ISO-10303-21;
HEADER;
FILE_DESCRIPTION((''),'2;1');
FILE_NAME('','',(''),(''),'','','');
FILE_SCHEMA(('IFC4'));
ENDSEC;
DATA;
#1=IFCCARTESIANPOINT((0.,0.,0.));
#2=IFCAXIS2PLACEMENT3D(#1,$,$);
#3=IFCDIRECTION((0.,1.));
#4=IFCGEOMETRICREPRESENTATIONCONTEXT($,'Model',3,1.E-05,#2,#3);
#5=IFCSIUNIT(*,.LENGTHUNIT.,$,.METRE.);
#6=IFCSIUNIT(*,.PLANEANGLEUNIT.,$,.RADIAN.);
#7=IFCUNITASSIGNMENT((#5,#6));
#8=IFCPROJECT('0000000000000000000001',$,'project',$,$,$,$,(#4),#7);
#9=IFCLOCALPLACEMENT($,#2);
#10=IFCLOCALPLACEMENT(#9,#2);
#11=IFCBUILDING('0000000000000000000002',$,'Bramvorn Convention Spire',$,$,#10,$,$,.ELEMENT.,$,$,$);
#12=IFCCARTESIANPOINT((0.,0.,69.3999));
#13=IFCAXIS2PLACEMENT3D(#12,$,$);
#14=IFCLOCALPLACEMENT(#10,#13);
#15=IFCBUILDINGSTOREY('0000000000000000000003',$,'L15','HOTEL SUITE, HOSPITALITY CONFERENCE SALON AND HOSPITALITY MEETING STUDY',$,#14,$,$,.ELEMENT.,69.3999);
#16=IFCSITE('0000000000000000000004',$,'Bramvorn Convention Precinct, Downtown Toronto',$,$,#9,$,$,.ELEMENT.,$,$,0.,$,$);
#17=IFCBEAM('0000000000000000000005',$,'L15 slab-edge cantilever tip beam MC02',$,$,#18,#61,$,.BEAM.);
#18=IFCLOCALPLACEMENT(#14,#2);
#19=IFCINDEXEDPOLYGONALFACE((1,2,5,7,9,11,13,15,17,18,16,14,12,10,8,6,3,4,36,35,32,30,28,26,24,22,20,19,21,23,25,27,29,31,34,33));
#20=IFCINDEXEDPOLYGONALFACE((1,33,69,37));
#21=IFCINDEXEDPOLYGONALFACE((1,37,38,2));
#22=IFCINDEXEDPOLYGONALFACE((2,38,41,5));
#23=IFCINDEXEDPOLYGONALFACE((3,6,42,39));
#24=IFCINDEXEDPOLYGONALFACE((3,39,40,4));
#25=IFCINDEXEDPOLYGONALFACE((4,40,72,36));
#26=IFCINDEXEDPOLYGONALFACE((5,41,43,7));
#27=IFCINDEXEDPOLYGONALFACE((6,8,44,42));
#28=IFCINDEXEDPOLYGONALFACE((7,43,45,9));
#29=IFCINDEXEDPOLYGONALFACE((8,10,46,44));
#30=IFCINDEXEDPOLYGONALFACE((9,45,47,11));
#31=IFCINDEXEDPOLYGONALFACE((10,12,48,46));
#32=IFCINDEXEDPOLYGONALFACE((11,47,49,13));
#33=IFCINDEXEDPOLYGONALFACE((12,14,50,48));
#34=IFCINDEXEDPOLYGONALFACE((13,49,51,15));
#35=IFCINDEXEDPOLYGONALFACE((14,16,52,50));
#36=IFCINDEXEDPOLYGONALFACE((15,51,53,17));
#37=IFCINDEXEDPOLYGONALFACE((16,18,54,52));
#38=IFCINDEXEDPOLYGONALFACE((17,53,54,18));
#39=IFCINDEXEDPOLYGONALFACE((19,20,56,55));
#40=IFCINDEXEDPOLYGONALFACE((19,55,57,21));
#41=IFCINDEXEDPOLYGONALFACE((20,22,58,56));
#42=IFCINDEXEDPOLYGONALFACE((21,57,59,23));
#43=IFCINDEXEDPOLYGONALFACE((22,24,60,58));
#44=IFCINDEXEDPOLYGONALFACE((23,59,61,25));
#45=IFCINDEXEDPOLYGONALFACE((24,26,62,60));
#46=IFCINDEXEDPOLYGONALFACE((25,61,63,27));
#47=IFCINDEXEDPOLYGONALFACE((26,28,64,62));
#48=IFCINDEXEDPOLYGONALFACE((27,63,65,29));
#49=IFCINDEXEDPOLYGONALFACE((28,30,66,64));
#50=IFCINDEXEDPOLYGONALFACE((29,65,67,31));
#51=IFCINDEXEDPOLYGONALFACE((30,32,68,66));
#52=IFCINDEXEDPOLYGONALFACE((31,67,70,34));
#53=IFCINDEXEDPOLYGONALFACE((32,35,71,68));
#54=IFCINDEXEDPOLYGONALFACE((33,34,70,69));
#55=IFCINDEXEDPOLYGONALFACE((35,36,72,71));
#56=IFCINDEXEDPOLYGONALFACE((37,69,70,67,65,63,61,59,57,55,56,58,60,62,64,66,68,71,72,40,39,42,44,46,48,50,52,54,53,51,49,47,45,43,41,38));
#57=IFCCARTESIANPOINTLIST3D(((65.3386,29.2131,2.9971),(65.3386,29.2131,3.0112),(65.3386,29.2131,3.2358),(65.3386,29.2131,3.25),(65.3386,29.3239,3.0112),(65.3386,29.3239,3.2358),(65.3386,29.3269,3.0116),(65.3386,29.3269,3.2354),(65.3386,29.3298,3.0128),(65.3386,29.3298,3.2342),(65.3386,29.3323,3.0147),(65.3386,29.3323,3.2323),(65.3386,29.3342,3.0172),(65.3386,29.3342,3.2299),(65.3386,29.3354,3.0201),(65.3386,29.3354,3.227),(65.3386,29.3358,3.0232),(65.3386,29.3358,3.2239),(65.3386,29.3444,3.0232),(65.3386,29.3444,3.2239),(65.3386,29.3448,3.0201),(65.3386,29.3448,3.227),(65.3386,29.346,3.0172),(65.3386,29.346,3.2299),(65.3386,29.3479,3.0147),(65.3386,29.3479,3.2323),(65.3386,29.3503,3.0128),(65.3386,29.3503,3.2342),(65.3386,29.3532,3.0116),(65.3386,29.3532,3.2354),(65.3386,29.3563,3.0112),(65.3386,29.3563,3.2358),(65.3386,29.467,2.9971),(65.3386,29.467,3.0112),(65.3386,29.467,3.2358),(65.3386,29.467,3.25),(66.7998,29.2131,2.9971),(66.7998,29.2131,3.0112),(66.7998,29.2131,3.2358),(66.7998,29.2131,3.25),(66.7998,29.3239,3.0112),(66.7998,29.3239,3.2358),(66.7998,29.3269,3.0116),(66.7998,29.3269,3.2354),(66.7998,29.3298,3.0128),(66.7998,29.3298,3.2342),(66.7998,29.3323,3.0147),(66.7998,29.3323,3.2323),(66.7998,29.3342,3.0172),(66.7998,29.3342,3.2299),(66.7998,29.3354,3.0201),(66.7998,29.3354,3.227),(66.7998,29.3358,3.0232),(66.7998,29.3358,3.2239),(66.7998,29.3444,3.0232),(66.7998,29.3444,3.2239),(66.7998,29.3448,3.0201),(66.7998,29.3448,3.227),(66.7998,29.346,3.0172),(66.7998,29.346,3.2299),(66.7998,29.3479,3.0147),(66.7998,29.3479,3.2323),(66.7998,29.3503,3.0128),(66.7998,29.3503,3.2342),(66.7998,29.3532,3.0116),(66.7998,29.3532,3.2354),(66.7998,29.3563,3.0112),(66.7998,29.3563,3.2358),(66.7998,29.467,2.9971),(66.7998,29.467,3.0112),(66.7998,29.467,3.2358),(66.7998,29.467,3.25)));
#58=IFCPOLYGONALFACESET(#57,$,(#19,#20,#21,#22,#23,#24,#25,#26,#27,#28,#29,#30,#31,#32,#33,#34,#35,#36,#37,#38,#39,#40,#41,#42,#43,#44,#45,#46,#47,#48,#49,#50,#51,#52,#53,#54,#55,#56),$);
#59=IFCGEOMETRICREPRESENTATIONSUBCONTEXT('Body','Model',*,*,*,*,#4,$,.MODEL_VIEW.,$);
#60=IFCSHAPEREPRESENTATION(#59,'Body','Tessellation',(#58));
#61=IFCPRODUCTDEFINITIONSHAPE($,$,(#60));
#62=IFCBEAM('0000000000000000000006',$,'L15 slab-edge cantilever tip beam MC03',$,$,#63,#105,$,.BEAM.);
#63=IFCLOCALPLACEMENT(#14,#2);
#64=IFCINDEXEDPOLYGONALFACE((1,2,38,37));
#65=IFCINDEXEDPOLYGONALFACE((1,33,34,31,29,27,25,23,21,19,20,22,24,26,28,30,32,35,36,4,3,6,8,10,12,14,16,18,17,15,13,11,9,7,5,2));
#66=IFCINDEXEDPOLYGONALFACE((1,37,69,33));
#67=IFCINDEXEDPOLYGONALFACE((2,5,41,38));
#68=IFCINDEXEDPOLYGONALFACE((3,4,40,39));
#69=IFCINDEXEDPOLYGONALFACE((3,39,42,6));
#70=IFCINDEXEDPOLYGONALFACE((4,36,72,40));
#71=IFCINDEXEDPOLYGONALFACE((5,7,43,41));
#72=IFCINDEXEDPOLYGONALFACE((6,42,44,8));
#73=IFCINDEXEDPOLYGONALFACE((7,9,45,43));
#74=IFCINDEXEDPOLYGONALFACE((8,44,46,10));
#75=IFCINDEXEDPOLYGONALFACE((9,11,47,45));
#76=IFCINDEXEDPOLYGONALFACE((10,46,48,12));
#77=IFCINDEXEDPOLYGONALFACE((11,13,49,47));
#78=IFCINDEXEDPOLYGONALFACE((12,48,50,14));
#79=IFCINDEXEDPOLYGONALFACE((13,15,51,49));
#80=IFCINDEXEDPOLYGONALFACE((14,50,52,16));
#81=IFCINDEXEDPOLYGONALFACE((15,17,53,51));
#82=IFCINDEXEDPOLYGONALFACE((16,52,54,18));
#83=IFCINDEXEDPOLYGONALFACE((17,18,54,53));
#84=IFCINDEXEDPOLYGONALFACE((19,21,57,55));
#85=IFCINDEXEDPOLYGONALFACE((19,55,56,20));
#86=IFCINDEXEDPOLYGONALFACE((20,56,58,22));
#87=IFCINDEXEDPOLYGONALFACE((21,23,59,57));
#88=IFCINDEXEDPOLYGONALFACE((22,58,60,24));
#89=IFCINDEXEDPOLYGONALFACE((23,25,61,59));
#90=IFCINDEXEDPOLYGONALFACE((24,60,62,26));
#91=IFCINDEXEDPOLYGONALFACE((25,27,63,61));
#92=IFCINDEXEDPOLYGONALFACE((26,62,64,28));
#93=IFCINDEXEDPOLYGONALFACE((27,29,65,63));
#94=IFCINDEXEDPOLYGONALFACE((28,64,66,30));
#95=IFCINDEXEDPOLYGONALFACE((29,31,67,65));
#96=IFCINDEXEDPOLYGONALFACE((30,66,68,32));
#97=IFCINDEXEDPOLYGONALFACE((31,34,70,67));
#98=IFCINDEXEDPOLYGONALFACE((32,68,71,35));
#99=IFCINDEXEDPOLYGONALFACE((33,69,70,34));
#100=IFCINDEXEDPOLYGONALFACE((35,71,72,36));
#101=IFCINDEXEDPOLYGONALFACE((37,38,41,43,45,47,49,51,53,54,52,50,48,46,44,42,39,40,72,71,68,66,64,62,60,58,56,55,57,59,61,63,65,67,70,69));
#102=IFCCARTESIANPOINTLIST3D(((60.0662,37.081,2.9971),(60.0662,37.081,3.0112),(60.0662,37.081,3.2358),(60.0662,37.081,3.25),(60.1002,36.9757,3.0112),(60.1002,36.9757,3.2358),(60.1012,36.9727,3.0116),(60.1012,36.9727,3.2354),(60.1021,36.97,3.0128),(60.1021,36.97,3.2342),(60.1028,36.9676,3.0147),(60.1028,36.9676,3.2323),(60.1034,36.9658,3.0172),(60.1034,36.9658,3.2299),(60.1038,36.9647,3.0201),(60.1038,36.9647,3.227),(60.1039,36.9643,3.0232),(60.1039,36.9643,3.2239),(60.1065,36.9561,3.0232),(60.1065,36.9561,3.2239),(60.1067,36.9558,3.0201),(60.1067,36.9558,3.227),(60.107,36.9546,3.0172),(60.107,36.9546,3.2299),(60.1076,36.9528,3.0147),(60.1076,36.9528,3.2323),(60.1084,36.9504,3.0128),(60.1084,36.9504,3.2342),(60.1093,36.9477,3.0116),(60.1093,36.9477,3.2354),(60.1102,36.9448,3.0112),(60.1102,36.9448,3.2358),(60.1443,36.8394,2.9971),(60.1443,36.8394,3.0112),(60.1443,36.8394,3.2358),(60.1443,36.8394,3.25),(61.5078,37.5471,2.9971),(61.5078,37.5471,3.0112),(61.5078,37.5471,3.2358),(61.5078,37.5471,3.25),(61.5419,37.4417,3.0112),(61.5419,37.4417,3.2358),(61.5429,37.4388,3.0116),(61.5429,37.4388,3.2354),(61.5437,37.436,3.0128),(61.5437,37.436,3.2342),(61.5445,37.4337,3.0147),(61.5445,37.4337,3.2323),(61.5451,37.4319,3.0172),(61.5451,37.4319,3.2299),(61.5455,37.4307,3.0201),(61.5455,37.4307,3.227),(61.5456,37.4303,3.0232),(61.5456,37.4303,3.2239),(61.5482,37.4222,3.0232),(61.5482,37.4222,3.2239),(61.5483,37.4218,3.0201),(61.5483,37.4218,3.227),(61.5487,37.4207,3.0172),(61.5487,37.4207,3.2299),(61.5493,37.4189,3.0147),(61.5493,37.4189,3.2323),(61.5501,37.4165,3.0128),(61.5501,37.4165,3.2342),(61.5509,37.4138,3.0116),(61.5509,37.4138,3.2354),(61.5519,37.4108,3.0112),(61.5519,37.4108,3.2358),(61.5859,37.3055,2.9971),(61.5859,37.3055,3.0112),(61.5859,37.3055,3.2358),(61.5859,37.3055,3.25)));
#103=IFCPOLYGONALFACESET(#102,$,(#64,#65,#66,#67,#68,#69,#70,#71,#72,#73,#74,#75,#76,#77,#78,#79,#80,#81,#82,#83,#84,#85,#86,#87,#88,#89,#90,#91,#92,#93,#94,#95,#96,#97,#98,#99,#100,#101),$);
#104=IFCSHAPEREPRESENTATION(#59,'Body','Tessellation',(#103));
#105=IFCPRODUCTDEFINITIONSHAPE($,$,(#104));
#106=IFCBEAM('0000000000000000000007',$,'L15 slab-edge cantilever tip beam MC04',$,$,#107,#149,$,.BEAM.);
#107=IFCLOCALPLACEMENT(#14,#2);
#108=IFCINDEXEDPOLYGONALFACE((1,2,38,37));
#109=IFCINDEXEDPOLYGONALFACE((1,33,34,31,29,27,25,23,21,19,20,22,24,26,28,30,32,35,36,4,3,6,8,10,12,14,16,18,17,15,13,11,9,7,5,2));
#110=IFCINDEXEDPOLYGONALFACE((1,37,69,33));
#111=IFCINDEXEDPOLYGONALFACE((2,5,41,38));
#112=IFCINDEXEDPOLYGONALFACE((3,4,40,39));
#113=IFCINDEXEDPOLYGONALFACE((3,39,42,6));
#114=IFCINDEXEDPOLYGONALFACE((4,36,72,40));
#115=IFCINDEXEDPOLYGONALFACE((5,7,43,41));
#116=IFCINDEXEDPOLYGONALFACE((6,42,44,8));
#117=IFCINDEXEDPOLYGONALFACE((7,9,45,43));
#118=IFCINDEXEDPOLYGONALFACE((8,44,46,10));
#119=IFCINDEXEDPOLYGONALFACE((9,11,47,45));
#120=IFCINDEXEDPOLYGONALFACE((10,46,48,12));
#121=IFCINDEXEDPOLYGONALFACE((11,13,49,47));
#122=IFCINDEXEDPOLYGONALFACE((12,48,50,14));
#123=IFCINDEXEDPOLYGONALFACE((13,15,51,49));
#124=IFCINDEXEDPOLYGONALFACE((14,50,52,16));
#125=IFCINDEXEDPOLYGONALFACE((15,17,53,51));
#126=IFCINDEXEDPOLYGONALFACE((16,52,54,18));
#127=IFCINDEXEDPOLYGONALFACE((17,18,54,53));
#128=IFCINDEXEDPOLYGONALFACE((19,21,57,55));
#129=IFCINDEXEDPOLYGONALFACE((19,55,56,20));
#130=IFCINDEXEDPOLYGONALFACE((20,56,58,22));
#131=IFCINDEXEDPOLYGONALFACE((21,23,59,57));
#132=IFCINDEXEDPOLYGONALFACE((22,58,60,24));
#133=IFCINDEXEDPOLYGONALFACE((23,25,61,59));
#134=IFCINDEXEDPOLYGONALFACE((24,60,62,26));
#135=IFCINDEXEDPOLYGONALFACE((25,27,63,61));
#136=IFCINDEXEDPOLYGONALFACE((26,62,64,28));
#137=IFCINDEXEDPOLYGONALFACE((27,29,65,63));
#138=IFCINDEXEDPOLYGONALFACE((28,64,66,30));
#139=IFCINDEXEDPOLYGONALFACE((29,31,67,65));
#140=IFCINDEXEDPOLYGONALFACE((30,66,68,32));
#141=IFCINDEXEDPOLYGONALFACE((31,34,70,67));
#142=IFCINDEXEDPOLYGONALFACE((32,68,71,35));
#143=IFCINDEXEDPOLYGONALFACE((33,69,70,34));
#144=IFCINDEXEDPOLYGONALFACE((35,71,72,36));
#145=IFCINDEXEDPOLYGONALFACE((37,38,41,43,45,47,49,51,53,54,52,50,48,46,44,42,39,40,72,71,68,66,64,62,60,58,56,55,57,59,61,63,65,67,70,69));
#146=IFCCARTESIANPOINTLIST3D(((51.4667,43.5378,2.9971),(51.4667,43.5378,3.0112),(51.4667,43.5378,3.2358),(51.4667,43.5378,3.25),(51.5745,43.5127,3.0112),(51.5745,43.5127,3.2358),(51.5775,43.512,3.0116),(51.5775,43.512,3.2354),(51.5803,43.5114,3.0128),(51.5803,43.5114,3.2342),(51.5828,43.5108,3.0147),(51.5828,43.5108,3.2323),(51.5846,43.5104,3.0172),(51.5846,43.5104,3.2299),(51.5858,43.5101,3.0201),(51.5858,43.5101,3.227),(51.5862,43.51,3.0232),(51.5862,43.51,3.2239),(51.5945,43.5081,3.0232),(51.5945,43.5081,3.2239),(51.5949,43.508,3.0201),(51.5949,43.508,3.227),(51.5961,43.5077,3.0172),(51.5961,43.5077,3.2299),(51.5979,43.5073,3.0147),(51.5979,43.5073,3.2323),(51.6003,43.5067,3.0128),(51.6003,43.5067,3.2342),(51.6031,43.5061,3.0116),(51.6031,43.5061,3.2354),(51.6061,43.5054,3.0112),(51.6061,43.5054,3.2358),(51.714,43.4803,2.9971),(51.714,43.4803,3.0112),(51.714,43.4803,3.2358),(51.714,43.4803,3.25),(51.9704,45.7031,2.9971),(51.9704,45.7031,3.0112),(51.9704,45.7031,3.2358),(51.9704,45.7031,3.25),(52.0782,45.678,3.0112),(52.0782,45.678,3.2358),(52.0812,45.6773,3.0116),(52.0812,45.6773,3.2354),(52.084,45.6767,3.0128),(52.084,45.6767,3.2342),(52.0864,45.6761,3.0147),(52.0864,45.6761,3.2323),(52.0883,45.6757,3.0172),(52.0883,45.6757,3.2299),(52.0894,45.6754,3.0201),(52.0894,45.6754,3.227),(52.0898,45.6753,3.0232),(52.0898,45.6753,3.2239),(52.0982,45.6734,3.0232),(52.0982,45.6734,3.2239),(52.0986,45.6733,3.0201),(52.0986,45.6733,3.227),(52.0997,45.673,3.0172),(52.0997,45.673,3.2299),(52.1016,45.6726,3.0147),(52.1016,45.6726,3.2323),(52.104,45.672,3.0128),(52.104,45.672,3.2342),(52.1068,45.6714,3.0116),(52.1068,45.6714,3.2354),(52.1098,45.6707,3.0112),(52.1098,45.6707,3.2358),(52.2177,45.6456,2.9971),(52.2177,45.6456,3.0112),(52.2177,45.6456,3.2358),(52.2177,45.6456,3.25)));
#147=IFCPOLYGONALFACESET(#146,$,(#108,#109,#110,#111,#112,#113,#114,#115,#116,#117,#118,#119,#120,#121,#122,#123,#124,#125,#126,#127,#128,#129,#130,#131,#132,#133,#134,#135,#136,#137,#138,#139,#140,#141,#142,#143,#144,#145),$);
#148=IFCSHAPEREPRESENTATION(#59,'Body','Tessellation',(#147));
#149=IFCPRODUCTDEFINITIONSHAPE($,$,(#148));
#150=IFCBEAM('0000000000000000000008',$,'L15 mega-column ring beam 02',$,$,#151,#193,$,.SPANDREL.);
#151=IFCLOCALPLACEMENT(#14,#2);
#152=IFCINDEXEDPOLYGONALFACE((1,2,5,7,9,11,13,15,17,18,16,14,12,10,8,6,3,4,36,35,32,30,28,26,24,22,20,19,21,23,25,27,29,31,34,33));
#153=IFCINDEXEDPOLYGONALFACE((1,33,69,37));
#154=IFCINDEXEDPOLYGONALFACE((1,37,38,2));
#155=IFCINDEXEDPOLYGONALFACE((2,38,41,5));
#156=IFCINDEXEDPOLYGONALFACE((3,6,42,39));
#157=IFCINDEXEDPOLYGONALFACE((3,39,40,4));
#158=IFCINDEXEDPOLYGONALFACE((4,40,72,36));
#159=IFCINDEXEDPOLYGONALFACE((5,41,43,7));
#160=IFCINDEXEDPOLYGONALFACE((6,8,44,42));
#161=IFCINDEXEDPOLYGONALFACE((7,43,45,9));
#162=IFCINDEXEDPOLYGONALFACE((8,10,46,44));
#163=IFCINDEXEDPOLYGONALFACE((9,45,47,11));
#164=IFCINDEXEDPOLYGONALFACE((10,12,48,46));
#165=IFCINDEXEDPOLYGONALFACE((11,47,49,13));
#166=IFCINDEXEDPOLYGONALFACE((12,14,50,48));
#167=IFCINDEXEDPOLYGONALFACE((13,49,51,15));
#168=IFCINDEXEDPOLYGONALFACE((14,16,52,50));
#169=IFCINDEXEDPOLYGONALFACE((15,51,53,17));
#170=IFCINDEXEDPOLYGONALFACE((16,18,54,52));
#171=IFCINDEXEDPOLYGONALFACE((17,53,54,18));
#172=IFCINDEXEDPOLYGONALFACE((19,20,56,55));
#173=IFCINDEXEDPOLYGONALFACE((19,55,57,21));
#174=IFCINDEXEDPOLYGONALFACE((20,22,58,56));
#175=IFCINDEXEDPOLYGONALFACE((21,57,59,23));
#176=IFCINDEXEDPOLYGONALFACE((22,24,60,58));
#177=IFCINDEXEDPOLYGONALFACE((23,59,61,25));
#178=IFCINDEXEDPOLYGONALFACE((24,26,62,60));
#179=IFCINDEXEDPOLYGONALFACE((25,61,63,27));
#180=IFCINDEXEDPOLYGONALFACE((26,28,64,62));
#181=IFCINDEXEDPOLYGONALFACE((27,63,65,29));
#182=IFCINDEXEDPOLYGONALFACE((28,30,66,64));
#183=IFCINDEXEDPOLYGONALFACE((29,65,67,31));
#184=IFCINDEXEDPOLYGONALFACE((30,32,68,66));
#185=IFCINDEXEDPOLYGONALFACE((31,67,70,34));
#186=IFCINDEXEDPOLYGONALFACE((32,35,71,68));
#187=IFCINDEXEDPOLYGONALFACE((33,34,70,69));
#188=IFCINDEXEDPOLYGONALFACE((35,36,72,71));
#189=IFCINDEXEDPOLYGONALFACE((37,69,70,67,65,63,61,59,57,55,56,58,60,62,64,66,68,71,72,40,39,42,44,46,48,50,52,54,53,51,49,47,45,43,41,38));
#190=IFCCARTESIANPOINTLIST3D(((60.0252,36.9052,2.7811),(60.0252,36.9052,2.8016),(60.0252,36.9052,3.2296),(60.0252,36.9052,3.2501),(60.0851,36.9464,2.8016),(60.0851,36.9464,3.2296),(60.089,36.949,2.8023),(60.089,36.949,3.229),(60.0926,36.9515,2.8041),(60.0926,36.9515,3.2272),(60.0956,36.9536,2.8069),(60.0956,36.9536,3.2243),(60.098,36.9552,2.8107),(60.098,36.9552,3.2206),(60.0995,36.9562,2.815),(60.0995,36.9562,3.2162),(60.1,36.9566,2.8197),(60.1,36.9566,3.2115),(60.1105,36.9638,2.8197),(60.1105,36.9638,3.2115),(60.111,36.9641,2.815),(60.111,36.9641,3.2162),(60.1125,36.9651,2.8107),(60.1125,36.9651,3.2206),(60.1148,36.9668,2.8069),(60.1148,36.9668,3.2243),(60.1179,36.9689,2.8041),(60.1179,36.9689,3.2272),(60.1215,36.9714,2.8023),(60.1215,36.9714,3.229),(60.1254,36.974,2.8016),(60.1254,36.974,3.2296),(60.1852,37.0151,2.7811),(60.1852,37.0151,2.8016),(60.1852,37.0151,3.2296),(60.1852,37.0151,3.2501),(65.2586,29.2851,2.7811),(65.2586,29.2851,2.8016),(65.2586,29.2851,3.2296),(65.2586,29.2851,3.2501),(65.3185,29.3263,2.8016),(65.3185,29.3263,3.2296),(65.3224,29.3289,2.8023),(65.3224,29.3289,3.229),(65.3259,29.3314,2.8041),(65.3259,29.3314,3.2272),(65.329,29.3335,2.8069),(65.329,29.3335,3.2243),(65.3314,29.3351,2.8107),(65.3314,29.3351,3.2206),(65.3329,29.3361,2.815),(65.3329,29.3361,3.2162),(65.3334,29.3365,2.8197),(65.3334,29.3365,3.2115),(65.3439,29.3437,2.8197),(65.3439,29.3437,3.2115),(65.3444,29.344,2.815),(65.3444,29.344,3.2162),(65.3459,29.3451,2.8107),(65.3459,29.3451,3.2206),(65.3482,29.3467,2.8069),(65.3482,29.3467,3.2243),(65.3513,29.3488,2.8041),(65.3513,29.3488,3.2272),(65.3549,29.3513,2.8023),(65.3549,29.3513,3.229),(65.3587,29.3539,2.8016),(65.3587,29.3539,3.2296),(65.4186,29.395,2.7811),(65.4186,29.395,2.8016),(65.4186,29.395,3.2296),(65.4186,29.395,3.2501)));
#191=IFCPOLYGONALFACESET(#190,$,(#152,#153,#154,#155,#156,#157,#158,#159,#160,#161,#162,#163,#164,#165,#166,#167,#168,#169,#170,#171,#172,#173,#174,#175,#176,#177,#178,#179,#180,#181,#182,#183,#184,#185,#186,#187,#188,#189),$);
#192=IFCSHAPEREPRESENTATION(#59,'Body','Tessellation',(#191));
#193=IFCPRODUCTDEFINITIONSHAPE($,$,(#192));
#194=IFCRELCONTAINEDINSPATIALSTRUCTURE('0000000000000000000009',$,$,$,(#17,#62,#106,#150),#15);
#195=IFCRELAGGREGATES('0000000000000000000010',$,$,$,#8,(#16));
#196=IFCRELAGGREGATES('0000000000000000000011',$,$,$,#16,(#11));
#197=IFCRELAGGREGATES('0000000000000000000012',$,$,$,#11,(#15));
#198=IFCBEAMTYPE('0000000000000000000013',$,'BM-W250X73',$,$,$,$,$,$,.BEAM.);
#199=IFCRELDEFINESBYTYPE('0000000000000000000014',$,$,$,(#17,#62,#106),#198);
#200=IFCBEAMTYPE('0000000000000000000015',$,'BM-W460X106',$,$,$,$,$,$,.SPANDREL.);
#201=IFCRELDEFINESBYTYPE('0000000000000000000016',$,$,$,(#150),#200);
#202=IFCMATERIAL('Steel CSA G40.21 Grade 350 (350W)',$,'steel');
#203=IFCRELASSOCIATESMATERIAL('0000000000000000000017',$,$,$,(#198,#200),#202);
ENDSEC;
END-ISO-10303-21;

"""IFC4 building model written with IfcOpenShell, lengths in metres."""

from ifc_helpers import new_model, si_unit, direction, frame, origin, origin_2d, place, context, subcontext, project, spatial, i_section, extrude, material, material_profile, profile_set, type_object, element, save


model = new_model("IFC4")

# Units and contexts
model_context = context("Model", 3, precision=1e-05, world=origin(), true_north=direction((0.0, 1.0)))
body_context = subcontext(model_context, "Body", "Model", "MODEL_VIEW")
ifc_project = project(units=[si_unit("LENGTHUNIT", "METRE"), si_unit("PLANEANGLEUNIT", "RADIAN")], contexts=[model_context])

# Site, building, storey
site_placement = place(None, origin())
site = spatial("IfcSite", under=ifc_project, at=site_placement, Name="Bramvorn Convention Precinct, Downtown Toronto", CompositionType="ELEMENT", RefElevation=0.0)
building_placement = place(site_placement, origin())
building = spatial("IfcBuilding", under=site, at=building_placement, Name="Bramvorn Convention Spire", CompositionType="ELEMENT")
storey_placement = place(building_placement, frame((0.0, 0.0, 69.3999)))
storey = spatial("IfcBuildingStorey", under=building, at=storey_placement, Name="L15", Description="HOTEL SUITE, HOSPITALITY CONFERENCE SALON AND HOSPITALITY MEETING STUDY", CompositionType="ELEMENT", Elevation=69.3999)

# Shared definitions
ifc_material_1 = material(Name="Steel CSA G40.21 Grade 350 (350W)", Category="steel")

# Beams
ifc_material_profile_1 = material_profile(ifc_material_1, i_section(OverallWidth=0.2539, OverallDepth=0.2529, WebThickness=0.0085, FlangeThickness=0.0142, FilletRadius=0.012, at=origin_2d()))
ifc_profile_set_1 = profile_set([ifc_material_profile_1], Name="Steel CSA G40.21 Grade 350 (350W) - W250X73")
beam_type_1 = type_object("IfcBeamType", Name="BM-W250X73", PredefinedType="BEAM", material=ifc_profile_set_1)
beam_1_placement = place(storey_placement, frame((65.3386, 29.3401, 3.1235), z_axis=(1.0, 0.0, 0.0), x_axis=(0.0, 1.0, 0.0)))
element("IfcBeam", 1, at=beam_1_placement, inside=storey, type_object=beam_type_1, Name="L15 slab-edge cantilever tip beam MC02", PredefinedType="BEAM", context=body_context, shape_type="SweptSolid", body=[
    extrude(i_section(OverallWidth=0.2539, OverallDepth=0.2529, WebThickness=0.0085, FlangeThickness=0.0142, FilletRadius=0.012, at=origin_2d()), origin(), (0.0, 0.0, 1.0), 1.4612),
])
beam_2_placement = place(storey_placement, frame((60.1052, 36.9602, 3.1235), z_axis=(0.951513, 0.30761, 0.0), x_axis=(-0.30761, 0.951513, 0.0)))
element("IfcBeam", 2, at=beam_2_placement, inside=storey, type_object=beam_type_1, Name="L15 slab-edge cantilever tip beam MC03", PredefinedType="BEAM", context=body_context, shape_type="SweptSolid", body=[
    extrude(i_section(OverallWidth=0.2539, OverallDepth=0.2529, WebThickness=0.0085, FlangeThickness=0.0142, FilletRadius=0.012, at=origin_2d()), origin(), (0.0, 0.0, 1.0), 1.5151),
])
beam_3_placement = place(storey_placement, frame((51.5903, 43.509, 3.1235), z_axis=(0.22656, 0.973997, 0.0), x_axis=(-0.973997, 0.22656, 0.0)))
element("IfcBeam", 3, at=beam_3_placement, inside=storey, type_object=beam_type_1, Name="L15 slab-edge cantilever tip beam MC04", PredefinedType="BEAM", context=body_context, shape_type="SweptSolid", body=[
    extrude(i_section(OverallWidth=0.2539, OverallDepth=0.2529, WebThickness=0.0085, FlangeThickness=0.0142, FilletRadius=0.012, at=origin_2d()), origin(), (0.0, 0.0, 1.0), 2.2231),
])
ifc_material_profile_2 = material_profile(ifc_material_1, i_section(OverallWidth=0.1941, OverallDepth=0.469, WebThickness=0.0127, FlangeThickness=0.0205, FilletRadius=0.0181, at=origin_2d()))
ifc_profile_set_2 = profile_set([ifc_material_profile_2], Name="Steel CSA G40.21 Grade 350 (350W) - W460X106")
beam_type_2 = type_object("IfcBeamType", Name="BM-W460X106", PredefinedType="SPANDREL", material=ifc_profile_set_2)
beam_4_placement = place(storey_placement, frame((65.3386, 29.3401, 3.0156), z_axis=(-0.56613, 0.824316, 0.0), x_axis=(-0.824316, -0.56613, 0.0)))
element("IfcBeam", 4, at=beam_4_placement, inside=storey, type_object=beam_type_2, Name="L15 mega-column ring beam 02", PredefinedType="SPANDREL", context=body_context, shape_type="SweptSolid", body=[
    extrude(i_section(OverallWidth=0.1941, OverallDepth=0.469, WebThickness=0.0127, FlangeThickness=0.0205, FilletRadius=0.0181, at=origin_2d()), origin(), (0.0, 0.0, 1.0), 9.2441),
])

save(model, "model.ifc")
